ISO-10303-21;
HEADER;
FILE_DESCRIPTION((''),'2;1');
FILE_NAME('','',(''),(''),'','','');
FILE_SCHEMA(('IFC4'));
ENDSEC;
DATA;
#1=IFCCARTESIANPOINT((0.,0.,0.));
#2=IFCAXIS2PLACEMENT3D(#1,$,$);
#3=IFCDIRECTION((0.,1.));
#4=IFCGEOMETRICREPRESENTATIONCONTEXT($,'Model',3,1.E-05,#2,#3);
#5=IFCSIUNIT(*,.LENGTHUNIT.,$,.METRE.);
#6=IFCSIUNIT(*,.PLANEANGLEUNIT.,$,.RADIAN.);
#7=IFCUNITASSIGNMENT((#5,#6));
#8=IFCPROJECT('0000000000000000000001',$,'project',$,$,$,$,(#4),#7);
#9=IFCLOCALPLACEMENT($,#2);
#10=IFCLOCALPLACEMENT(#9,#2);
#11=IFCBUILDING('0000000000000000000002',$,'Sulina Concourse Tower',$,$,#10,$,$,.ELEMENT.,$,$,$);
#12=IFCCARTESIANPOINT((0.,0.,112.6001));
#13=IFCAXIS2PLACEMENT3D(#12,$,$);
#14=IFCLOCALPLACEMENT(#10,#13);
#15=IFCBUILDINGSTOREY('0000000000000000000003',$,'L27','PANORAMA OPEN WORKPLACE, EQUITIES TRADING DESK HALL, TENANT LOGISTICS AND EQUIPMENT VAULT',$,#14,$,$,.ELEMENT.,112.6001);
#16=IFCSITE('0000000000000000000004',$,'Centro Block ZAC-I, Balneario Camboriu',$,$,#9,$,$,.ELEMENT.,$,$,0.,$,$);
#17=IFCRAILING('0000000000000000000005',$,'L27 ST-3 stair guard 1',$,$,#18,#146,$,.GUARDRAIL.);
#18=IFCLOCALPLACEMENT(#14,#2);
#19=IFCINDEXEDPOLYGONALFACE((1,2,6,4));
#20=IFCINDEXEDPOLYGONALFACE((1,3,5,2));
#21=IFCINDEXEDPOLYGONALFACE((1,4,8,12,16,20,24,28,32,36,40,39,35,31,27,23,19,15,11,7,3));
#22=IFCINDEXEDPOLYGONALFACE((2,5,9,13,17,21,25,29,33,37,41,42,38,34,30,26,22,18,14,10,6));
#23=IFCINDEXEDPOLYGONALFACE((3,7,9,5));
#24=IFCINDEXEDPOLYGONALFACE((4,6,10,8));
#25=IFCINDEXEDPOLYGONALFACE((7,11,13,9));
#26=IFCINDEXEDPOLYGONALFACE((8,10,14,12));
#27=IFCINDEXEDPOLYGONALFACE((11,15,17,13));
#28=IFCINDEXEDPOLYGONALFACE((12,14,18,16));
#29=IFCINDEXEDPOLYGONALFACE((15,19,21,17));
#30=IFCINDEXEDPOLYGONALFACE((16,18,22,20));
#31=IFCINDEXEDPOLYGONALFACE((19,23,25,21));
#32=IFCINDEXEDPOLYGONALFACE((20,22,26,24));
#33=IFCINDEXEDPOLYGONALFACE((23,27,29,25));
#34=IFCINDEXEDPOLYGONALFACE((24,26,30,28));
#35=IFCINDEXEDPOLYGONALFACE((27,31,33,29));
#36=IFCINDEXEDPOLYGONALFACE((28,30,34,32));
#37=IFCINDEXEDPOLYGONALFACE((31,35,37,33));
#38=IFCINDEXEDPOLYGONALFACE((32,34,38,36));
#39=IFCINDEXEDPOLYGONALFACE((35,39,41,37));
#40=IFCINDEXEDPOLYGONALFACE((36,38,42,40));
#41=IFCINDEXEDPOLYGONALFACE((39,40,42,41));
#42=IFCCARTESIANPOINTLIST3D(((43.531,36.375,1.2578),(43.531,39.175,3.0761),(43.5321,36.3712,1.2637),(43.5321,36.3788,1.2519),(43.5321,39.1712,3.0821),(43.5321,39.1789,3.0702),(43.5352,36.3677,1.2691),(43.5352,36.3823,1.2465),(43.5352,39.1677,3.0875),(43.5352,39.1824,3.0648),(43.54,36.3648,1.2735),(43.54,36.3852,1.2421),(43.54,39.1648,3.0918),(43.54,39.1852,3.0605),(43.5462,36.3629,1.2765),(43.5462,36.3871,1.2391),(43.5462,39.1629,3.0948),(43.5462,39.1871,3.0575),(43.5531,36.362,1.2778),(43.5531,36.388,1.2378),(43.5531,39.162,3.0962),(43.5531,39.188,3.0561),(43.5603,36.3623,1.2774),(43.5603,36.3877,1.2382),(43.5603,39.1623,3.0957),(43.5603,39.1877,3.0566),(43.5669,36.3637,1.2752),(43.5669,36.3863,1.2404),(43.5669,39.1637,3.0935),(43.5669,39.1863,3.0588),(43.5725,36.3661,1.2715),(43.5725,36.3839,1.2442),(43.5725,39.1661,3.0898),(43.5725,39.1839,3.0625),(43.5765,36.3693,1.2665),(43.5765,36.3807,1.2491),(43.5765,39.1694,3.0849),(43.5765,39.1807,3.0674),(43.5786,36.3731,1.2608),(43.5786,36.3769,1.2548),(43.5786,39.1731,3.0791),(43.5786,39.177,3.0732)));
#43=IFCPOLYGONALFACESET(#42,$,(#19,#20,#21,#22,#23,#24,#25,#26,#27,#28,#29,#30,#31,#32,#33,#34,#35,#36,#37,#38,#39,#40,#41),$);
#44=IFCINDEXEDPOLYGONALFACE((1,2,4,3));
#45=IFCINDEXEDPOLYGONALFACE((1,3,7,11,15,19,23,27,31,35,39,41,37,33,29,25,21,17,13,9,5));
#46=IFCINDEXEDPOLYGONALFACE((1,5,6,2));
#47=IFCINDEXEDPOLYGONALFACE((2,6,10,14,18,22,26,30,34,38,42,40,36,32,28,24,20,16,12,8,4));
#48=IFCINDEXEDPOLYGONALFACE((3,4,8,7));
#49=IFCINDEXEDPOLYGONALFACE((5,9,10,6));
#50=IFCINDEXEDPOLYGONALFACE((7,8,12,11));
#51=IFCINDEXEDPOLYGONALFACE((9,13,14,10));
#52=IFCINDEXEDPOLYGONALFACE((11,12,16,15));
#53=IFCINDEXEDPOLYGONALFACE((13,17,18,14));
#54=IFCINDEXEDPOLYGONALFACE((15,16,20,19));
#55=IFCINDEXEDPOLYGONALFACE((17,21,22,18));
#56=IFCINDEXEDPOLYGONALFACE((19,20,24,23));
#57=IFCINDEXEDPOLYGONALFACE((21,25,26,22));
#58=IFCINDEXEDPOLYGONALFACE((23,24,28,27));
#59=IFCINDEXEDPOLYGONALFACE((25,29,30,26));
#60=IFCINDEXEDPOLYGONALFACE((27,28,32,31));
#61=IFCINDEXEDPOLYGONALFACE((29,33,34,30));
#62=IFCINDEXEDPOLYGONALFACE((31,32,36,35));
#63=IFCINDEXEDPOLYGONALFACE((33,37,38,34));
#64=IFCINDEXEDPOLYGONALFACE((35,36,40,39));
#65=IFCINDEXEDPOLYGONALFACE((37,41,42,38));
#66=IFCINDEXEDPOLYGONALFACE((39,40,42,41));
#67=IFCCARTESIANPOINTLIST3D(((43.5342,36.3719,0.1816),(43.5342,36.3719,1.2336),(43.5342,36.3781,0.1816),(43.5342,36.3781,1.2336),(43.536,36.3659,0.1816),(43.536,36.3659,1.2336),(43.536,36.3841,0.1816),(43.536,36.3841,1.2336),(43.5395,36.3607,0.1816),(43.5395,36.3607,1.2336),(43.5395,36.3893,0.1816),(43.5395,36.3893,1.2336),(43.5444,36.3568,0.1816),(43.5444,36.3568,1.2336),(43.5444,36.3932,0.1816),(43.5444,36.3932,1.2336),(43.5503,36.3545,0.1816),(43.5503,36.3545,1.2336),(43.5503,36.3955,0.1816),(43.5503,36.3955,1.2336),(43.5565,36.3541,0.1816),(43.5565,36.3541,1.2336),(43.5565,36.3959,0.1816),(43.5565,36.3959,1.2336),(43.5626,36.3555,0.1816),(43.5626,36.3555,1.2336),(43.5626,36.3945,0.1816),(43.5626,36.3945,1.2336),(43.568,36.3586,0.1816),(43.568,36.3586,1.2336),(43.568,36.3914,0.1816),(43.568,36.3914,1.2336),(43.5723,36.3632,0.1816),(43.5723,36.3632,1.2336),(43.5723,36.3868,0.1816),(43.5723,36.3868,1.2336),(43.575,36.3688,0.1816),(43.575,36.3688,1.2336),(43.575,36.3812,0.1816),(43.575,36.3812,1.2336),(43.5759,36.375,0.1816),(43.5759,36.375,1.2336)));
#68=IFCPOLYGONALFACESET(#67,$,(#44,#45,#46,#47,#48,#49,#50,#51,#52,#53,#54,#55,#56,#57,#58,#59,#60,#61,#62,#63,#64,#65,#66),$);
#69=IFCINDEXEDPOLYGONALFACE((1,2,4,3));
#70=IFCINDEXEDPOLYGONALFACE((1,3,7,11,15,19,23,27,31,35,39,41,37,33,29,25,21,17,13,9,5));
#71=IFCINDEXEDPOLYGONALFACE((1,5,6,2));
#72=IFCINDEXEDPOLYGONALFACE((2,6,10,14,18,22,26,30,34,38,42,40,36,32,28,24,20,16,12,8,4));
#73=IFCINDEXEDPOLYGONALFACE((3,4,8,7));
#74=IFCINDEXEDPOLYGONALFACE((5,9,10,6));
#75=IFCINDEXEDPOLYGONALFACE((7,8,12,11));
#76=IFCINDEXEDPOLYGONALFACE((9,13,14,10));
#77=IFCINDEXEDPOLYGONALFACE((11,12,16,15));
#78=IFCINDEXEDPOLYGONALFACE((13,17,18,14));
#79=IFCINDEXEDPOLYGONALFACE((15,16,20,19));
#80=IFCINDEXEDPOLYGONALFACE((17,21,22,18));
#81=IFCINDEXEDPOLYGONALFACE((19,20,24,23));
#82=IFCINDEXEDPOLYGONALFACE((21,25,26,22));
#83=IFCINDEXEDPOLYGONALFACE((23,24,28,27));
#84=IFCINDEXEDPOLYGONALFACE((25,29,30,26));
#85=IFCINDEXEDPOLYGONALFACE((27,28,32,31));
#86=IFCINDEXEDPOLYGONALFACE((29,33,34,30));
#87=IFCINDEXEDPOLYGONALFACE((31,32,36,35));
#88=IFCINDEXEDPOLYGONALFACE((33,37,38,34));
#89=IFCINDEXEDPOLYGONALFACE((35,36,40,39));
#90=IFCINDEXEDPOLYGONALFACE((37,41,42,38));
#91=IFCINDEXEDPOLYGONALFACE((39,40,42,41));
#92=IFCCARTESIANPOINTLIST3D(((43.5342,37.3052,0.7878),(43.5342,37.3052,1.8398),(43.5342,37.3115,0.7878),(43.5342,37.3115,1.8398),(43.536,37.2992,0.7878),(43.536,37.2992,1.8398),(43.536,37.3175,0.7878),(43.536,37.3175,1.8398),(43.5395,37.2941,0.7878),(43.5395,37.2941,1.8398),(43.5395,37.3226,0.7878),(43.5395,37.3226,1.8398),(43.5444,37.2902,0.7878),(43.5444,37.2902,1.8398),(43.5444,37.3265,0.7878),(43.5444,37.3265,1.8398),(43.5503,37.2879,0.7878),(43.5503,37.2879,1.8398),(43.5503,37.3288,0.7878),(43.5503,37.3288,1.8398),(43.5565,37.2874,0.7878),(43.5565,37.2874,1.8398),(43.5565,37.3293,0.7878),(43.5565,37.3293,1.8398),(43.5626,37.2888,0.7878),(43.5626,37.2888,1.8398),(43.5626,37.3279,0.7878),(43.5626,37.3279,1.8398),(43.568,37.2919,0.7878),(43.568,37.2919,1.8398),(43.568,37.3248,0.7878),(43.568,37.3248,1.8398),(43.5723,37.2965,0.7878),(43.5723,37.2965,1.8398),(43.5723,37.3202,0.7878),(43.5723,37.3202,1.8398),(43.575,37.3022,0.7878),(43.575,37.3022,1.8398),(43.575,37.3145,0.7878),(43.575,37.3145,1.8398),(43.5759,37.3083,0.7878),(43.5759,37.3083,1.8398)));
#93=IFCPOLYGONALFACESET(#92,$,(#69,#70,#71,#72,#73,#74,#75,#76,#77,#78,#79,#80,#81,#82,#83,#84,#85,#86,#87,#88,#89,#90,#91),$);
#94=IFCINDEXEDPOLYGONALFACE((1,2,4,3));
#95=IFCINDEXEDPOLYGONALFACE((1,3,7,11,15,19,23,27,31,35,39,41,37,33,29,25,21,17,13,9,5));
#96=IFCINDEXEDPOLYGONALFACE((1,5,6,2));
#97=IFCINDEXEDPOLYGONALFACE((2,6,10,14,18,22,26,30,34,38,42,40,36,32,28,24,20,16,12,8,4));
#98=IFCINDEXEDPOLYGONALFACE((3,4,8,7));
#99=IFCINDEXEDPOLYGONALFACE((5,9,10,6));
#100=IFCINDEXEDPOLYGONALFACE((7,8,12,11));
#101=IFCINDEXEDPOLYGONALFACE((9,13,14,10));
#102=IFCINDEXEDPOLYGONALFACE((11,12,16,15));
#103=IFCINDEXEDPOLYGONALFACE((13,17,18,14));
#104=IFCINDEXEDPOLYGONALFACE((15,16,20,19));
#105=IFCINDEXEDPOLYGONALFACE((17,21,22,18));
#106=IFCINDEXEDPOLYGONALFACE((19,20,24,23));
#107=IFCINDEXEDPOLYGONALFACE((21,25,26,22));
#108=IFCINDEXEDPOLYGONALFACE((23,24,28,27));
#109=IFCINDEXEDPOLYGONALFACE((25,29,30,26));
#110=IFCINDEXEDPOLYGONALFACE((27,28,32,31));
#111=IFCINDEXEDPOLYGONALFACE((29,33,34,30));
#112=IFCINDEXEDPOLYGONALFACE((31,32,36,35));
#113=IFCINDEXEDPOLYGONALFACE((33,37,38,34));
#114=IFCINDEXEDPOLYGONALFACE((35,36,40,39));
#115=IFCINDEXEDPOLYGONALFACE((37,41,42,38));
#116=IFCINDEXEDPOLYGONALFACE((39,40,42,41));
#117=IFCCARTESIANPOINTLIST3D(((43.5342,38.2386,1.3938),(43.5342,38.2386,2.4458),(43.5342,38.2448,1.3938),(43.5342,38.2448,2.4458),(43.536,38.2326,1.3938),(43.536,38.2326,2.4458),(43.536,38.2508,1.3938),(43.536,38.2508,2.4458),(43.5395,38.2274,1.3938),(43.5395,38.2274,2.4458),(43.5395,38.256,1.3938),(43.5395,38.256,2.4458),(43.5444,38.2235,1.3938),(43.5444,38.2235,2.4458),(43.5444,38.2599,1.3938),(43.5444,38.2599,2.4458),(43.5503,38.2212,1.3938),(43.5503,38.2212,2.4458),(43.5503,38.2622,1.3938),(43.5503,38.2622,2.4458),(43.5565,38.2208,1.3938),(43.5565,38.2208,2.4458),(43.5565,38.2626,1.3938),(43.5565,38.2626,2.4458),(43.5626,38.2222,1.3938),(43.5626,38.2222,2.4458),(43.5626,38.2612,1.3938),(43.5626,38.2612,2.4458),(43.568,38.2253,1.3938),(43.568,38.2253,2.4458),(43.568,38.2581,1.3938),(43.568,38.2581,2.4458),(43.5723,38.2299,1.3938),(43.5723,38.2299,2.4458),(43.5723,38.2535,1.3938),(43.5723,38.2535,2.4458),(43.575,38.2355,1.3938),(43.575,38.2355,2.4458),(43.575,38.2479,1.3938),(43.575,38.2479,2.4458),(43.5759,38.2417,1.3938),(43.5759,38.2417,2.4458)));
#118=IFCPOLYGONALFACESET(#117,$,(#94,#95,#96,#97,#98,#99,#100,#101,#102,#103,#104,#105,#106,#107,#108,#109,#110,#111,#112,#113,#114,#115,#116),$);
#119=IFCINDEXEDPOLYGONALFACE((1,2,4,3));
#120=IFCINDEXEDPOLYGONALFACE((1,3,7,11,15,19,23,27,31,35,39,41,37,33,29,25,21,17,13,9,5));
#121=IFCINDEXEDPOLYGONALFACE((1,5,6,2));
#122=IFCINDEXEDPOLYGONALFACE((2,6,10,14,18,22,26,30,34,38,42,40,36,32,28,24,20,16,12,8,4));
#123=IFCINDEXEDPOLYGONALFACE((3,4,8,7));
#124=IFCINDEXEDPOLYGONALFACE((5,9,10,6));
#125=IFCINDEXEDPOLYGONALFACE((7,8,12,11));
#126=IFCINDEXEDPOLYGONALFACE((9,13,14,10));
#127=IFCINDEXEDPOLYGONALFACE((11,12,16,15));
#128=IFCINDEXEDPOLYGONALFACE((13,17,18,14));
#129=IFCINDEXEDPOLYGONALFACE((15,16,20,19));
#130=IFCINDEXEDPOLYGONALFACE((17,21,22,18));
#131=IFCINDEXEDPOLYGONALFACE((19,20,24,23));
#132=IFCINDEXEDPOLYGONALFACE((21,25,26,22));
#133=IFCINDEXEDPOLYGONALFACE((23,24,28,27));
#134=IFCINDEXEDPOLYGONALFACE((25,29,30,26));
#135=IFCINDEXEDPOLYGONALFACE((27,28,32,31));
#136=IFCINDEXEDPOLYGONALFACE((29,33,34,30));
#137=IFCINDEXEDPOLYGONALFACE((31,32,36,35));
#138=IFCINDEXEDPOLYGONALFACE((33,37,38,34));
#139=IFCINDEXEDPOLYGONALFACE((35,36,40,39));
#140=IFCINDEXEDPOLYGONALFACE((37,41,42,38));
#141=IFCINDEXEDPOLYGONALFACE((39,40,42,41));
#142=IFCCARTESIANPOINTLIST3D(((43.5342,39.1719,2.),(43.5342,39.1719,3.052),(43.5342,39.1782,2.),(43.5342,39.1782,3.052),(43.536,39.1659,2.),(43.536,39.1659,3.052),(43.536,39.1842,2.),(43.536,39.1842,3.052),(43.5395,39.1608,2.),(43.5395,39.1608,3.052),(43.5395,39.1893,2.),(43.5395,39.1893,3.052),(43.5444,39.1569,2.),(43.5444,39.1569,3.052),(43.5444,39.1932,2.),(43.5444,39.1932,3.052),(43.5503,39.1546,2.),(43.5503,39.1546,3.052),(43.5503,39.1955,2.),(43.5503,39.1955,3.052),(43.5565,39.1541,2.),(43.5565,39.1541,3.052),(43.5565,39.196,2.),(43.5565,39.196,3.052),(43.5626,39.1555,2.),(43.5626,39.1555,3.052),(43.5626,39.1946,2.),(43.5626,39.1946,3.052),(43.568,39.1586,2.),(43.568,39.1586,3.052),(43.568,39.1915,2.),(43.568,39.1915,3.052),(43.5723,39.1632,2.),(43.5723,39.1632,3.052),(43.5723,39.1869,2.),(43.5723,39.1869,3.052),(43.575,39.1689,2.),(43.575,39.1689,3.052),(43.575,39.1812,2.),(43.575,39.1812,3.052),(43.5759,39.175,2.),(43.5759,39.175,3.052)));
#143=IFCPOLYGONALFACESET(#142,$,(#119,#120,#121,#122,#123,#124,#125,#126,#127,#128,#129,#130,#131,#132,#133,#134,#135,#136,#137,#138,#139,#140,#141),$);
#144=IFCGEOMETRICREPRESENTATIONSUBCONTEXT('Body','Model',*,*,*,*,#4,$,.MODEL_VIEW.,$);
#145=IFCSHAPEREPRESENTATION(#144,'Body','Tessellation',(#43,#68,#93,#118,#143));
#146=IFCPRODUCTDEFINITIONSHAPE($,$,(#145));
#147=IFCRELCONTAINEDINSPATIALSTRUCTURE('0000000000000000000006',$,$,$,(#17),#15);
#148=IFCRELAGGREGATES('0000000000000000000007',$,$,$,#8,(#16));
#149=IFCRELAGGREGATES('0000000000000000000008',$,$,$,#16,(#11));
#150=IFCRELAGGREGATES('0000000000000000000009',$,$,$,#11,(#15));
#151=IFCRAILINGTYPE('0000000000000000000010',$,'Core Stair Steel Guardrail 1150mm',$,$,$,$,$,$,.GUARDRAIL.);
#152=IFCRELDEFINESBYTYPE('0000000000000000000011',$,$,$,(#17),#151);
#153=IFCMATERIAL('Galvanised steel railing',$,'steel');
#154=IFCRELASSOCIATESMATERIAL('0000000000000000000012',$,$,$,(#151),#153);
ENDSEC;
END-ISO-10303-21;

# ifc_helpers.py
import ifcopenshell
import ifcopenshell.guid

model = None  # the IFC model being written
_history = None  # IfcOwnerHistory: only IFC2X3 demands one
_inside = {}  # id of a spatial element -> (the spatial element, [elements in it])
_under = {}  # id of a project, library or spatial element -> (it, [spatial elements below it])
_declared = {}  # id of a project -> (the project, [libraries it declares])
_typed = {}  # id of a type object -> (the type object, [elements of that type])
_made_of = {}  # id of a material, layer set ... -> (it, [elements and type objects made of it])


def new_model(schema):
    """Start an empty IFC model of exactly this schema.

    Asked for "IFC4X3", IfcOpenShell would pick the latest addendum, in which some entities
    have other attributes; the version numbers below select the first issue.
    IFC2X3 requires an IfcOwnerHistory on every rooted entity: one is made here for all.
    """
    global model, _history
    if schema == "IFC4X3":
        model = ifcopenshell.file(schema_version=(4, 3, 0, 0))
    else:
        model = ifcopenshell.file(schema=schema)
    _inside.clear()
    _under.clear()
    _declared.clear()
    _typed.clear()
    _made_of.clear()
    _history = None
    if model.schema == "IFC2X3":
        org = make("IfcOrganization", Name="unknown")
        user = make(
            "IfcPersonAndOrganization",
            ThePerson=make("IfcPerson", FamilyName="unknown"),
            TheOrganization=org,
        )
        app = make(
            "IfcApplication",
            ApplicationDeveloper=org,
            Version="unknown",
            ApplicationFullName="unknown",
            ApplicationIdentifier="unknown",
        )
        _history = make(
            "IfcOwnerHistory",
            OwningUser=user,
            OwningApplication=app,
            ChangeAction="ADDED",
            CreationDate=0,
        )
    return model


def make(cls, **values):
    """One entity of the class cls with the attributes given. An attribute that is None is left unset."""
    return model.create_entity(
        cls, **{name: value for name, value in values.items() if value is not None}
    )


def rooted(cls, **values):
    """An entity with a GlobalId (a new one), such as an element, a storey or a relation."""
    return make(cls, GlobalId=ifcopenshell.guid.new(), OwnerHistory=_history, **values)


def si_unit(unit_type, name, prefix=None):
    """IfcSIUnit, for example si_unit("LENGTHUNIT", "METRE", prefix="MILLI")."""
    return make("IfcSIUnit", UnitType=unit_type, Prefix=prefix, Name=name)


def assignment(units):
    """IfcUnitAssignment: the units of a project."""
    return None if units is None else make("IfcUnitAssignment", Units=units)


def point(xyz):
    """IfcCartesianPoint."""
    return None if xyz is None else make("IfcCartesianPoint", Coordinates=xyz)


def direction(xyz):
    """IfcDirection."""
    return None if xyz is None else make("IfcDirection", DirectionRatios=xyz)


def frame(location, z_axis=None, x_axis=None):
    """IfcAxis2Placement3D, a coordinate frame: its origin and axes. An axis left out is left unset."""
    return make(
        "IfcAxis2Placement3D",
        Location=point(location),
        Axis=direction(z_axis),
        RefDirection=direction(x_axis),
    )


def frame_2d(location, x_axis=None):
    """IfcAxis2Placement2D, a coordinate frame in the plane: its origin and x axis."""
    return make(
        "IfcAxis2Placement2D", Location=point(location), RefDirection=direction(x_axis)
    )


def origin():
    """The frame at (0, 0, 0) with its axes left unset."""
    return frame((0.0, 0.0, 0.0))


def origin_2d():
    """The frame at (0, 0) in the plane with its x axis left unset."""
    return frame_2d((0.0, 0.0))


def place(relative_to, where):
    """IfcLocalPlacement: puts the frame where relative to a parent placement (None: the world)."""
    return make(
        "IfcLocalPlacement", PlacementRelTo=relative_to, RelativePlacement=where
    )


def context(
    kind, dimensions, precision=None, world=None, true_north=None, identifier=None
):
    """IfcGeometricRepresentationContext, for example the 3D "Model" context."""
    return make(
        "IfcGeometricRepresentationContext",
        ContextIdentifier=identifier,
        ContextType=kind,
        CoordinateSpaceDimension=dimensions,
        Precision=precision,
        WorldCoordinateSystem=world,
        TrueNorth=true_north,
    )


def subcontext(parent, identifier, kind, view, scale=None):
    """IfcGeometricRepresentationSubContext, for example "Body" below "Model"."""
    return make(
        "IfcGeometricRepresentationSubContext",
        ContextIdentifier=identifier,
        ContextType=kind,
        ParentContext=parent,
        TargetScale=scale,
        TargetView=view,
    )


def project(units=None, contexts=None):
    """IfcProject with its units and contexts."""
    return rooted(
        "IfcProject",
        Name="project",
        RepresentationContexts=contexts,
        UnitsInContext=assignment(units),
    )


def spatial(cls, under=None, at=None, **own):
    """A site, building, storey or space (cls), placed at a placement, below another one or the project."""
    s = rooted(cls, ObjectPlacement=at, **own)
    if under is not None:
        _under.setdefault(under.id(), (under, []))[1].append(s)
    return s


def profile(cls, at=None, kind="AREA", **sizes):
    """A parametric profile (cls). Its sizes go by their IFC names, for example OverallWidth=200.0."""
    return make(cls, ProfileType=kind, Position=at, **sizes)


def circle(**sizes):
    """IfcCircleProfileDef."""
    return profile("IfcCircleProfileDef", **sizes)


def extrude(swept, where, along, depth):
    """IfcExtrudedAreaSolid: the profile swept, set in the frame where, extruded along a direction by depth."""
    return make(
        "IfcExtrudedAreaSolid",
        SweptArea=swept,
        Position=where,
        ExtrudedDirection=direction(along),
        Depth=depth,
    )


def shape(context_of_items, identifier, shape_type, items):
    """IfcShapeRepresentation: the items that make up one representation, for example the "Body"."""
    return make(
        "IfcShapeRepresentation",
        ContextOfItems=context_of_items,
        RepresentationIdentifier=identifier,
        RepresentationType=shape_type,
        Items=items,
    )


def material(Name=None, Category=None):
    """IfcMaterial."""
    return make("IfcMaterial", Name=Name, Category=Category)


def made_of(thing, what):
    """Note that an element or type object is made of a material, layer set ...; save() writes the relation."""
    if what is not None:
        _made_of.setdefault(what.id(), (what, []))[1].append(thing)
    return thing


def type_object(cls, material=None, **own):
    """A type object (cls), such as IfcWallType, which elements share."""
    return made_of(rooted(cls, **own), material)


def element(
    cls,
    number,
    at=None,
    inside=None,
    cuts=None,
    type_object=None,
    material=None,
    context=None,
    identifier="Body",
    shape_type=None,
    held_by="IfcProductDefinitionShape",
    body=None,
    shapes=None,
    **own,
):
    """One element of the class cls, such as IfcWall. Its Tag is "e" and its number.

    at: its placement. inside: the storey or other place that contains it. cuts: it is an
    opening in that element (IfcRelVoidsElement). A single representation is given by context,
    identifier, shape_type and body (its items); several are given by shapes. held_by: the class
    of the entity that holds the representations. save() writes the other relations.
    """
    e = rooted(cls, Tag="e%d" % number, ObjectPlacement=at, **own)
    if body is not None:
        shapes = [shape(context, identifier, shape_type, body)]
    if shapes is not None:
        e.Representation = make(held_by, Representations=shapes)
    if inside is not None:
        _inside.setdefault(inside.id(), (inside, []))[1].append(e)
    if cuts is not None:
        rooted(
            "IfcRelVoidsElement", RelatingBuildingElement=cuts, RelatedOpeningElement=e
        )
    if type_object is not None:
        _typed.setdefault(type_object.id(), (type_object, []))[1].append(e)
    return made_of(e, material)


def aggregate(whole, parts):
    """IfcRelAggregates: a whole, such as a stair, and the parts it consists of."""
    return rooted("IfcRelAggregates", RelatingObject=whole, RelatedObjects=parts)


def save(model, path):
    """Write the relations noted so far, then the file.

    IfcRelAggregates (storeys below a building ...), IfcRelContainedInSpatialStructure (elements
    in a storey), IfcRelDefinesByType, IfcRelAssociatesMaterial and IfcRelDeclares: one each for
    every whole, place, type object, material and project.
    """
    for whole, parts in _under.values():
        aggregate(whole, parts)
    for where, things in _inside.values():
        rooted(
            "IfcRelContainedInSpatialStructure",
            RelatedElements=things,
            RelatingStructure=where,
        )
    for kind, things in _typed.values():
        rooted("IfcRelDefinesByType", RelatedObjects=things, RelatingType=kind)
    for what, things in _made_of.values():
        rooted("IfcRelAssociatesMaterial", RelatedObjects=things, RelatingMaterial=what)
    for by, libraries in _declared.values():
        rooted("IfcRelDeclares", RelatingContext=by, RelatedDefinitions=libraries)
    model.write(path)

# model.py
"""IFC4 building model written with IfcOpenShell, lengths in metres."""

from ifc_helpers import new_model, si_unit, direction, frame, origin, origin_2d, place, context, subcontext, project, spatial, circle, extrude, material, type_object, element, save


model = new_model("IFC4")

# Units and contexts
model_context = context("Model", 3, precision=1e-05, world=origin(), true_north=direction((0.0, 1.0)))
body_context = subcontext(model_context, "Body", "Model", "MODEL_VIEW")
ifc_project = project(units=[si_unit("LENGTHUNIT", "METRE"), si_unit("PLANEANGLEUNIT", "RADIAN")], contexts=[model_context])

# Site, building, storey
site_placement = place(None, origin())
site = spatial("IfcSite", under=ifc_project, at=site_placement, Name="Centro Block ZAC-I, Balneario Camboriu", CompositionType="ELEMENT", RefElevation=0.0)
building_placement = place(site_placement, origin())
building = spatial("IfcBuilding", under=site, at=building_placement, Name="Sulina Concourse Tower", CompositionType="ELEMENT")
storey_placement = place(building_placement, frame((0.0, 0.0, 112.6001)))
storey = spatial("IfcBuildingStorey", under=building, at=storey_placement, Name="L27", Description="PANORAMA OPEN WORKPLACE, EQUITIES TRADING DESK HALL, TENANT LOGISTICS AND EQUIPMENT VAULT", CompositionType="ELEMENT", Elevation=112.6001)

# Railing
ifc_material_1 = material(Name="Galvanised steel railing", Category="steel")
railing_type_1 = type_object("IfcRailingType", Name="Core Stair Steel Guardrail 1150mm", PredefinedType="GUARDRAIL", material=ifc_material_1)
railing_1_placement = place(storey_placement, frame((43.5549, 36.375, 0.1816)))
element("IfcRailing", 1, at=railing_1_placement, inside=storey, type_object=railing_type_1, Name="L27 ST-3 stair guard 1", PredefinedType="GUARDRAIL", context=body_context, shape_type="SweptSolid", body=[
    extrude(circle(Radius=0.0239, at=origin_2d()), frame((0.0, 0.0, 1.0762), z_axis=(0.0, 0.838672, 0.544636), x_axis=(-1.0, 0.0, 0.0)), (0.0, 0.0, 1.0), 3.3386),
    extrude(circle(Radius=0.021, at=origin_2d()), origin(), (0.0, 0.0, 1.0), 1.052),
    extrude(circle(Radius=0.021, at=origin_2d()), frame((0.0, 0.9333, 0.6062)), (0.0, 0.0, 1.0), 1.052),
    extrude(circle(Radius=0.021, at=origin_2d()), frame((0.0, 1.8667, 1.2122)), (0.0, 0.0, 1.0), 1.052),
    extrude(circle(Radius=0.021, at=origin_2d()), frame((0.0, 2.8, 1.8184)), (0.0, 0.0, 1.0), 1.052),
])

save(model, "model.ifc")
